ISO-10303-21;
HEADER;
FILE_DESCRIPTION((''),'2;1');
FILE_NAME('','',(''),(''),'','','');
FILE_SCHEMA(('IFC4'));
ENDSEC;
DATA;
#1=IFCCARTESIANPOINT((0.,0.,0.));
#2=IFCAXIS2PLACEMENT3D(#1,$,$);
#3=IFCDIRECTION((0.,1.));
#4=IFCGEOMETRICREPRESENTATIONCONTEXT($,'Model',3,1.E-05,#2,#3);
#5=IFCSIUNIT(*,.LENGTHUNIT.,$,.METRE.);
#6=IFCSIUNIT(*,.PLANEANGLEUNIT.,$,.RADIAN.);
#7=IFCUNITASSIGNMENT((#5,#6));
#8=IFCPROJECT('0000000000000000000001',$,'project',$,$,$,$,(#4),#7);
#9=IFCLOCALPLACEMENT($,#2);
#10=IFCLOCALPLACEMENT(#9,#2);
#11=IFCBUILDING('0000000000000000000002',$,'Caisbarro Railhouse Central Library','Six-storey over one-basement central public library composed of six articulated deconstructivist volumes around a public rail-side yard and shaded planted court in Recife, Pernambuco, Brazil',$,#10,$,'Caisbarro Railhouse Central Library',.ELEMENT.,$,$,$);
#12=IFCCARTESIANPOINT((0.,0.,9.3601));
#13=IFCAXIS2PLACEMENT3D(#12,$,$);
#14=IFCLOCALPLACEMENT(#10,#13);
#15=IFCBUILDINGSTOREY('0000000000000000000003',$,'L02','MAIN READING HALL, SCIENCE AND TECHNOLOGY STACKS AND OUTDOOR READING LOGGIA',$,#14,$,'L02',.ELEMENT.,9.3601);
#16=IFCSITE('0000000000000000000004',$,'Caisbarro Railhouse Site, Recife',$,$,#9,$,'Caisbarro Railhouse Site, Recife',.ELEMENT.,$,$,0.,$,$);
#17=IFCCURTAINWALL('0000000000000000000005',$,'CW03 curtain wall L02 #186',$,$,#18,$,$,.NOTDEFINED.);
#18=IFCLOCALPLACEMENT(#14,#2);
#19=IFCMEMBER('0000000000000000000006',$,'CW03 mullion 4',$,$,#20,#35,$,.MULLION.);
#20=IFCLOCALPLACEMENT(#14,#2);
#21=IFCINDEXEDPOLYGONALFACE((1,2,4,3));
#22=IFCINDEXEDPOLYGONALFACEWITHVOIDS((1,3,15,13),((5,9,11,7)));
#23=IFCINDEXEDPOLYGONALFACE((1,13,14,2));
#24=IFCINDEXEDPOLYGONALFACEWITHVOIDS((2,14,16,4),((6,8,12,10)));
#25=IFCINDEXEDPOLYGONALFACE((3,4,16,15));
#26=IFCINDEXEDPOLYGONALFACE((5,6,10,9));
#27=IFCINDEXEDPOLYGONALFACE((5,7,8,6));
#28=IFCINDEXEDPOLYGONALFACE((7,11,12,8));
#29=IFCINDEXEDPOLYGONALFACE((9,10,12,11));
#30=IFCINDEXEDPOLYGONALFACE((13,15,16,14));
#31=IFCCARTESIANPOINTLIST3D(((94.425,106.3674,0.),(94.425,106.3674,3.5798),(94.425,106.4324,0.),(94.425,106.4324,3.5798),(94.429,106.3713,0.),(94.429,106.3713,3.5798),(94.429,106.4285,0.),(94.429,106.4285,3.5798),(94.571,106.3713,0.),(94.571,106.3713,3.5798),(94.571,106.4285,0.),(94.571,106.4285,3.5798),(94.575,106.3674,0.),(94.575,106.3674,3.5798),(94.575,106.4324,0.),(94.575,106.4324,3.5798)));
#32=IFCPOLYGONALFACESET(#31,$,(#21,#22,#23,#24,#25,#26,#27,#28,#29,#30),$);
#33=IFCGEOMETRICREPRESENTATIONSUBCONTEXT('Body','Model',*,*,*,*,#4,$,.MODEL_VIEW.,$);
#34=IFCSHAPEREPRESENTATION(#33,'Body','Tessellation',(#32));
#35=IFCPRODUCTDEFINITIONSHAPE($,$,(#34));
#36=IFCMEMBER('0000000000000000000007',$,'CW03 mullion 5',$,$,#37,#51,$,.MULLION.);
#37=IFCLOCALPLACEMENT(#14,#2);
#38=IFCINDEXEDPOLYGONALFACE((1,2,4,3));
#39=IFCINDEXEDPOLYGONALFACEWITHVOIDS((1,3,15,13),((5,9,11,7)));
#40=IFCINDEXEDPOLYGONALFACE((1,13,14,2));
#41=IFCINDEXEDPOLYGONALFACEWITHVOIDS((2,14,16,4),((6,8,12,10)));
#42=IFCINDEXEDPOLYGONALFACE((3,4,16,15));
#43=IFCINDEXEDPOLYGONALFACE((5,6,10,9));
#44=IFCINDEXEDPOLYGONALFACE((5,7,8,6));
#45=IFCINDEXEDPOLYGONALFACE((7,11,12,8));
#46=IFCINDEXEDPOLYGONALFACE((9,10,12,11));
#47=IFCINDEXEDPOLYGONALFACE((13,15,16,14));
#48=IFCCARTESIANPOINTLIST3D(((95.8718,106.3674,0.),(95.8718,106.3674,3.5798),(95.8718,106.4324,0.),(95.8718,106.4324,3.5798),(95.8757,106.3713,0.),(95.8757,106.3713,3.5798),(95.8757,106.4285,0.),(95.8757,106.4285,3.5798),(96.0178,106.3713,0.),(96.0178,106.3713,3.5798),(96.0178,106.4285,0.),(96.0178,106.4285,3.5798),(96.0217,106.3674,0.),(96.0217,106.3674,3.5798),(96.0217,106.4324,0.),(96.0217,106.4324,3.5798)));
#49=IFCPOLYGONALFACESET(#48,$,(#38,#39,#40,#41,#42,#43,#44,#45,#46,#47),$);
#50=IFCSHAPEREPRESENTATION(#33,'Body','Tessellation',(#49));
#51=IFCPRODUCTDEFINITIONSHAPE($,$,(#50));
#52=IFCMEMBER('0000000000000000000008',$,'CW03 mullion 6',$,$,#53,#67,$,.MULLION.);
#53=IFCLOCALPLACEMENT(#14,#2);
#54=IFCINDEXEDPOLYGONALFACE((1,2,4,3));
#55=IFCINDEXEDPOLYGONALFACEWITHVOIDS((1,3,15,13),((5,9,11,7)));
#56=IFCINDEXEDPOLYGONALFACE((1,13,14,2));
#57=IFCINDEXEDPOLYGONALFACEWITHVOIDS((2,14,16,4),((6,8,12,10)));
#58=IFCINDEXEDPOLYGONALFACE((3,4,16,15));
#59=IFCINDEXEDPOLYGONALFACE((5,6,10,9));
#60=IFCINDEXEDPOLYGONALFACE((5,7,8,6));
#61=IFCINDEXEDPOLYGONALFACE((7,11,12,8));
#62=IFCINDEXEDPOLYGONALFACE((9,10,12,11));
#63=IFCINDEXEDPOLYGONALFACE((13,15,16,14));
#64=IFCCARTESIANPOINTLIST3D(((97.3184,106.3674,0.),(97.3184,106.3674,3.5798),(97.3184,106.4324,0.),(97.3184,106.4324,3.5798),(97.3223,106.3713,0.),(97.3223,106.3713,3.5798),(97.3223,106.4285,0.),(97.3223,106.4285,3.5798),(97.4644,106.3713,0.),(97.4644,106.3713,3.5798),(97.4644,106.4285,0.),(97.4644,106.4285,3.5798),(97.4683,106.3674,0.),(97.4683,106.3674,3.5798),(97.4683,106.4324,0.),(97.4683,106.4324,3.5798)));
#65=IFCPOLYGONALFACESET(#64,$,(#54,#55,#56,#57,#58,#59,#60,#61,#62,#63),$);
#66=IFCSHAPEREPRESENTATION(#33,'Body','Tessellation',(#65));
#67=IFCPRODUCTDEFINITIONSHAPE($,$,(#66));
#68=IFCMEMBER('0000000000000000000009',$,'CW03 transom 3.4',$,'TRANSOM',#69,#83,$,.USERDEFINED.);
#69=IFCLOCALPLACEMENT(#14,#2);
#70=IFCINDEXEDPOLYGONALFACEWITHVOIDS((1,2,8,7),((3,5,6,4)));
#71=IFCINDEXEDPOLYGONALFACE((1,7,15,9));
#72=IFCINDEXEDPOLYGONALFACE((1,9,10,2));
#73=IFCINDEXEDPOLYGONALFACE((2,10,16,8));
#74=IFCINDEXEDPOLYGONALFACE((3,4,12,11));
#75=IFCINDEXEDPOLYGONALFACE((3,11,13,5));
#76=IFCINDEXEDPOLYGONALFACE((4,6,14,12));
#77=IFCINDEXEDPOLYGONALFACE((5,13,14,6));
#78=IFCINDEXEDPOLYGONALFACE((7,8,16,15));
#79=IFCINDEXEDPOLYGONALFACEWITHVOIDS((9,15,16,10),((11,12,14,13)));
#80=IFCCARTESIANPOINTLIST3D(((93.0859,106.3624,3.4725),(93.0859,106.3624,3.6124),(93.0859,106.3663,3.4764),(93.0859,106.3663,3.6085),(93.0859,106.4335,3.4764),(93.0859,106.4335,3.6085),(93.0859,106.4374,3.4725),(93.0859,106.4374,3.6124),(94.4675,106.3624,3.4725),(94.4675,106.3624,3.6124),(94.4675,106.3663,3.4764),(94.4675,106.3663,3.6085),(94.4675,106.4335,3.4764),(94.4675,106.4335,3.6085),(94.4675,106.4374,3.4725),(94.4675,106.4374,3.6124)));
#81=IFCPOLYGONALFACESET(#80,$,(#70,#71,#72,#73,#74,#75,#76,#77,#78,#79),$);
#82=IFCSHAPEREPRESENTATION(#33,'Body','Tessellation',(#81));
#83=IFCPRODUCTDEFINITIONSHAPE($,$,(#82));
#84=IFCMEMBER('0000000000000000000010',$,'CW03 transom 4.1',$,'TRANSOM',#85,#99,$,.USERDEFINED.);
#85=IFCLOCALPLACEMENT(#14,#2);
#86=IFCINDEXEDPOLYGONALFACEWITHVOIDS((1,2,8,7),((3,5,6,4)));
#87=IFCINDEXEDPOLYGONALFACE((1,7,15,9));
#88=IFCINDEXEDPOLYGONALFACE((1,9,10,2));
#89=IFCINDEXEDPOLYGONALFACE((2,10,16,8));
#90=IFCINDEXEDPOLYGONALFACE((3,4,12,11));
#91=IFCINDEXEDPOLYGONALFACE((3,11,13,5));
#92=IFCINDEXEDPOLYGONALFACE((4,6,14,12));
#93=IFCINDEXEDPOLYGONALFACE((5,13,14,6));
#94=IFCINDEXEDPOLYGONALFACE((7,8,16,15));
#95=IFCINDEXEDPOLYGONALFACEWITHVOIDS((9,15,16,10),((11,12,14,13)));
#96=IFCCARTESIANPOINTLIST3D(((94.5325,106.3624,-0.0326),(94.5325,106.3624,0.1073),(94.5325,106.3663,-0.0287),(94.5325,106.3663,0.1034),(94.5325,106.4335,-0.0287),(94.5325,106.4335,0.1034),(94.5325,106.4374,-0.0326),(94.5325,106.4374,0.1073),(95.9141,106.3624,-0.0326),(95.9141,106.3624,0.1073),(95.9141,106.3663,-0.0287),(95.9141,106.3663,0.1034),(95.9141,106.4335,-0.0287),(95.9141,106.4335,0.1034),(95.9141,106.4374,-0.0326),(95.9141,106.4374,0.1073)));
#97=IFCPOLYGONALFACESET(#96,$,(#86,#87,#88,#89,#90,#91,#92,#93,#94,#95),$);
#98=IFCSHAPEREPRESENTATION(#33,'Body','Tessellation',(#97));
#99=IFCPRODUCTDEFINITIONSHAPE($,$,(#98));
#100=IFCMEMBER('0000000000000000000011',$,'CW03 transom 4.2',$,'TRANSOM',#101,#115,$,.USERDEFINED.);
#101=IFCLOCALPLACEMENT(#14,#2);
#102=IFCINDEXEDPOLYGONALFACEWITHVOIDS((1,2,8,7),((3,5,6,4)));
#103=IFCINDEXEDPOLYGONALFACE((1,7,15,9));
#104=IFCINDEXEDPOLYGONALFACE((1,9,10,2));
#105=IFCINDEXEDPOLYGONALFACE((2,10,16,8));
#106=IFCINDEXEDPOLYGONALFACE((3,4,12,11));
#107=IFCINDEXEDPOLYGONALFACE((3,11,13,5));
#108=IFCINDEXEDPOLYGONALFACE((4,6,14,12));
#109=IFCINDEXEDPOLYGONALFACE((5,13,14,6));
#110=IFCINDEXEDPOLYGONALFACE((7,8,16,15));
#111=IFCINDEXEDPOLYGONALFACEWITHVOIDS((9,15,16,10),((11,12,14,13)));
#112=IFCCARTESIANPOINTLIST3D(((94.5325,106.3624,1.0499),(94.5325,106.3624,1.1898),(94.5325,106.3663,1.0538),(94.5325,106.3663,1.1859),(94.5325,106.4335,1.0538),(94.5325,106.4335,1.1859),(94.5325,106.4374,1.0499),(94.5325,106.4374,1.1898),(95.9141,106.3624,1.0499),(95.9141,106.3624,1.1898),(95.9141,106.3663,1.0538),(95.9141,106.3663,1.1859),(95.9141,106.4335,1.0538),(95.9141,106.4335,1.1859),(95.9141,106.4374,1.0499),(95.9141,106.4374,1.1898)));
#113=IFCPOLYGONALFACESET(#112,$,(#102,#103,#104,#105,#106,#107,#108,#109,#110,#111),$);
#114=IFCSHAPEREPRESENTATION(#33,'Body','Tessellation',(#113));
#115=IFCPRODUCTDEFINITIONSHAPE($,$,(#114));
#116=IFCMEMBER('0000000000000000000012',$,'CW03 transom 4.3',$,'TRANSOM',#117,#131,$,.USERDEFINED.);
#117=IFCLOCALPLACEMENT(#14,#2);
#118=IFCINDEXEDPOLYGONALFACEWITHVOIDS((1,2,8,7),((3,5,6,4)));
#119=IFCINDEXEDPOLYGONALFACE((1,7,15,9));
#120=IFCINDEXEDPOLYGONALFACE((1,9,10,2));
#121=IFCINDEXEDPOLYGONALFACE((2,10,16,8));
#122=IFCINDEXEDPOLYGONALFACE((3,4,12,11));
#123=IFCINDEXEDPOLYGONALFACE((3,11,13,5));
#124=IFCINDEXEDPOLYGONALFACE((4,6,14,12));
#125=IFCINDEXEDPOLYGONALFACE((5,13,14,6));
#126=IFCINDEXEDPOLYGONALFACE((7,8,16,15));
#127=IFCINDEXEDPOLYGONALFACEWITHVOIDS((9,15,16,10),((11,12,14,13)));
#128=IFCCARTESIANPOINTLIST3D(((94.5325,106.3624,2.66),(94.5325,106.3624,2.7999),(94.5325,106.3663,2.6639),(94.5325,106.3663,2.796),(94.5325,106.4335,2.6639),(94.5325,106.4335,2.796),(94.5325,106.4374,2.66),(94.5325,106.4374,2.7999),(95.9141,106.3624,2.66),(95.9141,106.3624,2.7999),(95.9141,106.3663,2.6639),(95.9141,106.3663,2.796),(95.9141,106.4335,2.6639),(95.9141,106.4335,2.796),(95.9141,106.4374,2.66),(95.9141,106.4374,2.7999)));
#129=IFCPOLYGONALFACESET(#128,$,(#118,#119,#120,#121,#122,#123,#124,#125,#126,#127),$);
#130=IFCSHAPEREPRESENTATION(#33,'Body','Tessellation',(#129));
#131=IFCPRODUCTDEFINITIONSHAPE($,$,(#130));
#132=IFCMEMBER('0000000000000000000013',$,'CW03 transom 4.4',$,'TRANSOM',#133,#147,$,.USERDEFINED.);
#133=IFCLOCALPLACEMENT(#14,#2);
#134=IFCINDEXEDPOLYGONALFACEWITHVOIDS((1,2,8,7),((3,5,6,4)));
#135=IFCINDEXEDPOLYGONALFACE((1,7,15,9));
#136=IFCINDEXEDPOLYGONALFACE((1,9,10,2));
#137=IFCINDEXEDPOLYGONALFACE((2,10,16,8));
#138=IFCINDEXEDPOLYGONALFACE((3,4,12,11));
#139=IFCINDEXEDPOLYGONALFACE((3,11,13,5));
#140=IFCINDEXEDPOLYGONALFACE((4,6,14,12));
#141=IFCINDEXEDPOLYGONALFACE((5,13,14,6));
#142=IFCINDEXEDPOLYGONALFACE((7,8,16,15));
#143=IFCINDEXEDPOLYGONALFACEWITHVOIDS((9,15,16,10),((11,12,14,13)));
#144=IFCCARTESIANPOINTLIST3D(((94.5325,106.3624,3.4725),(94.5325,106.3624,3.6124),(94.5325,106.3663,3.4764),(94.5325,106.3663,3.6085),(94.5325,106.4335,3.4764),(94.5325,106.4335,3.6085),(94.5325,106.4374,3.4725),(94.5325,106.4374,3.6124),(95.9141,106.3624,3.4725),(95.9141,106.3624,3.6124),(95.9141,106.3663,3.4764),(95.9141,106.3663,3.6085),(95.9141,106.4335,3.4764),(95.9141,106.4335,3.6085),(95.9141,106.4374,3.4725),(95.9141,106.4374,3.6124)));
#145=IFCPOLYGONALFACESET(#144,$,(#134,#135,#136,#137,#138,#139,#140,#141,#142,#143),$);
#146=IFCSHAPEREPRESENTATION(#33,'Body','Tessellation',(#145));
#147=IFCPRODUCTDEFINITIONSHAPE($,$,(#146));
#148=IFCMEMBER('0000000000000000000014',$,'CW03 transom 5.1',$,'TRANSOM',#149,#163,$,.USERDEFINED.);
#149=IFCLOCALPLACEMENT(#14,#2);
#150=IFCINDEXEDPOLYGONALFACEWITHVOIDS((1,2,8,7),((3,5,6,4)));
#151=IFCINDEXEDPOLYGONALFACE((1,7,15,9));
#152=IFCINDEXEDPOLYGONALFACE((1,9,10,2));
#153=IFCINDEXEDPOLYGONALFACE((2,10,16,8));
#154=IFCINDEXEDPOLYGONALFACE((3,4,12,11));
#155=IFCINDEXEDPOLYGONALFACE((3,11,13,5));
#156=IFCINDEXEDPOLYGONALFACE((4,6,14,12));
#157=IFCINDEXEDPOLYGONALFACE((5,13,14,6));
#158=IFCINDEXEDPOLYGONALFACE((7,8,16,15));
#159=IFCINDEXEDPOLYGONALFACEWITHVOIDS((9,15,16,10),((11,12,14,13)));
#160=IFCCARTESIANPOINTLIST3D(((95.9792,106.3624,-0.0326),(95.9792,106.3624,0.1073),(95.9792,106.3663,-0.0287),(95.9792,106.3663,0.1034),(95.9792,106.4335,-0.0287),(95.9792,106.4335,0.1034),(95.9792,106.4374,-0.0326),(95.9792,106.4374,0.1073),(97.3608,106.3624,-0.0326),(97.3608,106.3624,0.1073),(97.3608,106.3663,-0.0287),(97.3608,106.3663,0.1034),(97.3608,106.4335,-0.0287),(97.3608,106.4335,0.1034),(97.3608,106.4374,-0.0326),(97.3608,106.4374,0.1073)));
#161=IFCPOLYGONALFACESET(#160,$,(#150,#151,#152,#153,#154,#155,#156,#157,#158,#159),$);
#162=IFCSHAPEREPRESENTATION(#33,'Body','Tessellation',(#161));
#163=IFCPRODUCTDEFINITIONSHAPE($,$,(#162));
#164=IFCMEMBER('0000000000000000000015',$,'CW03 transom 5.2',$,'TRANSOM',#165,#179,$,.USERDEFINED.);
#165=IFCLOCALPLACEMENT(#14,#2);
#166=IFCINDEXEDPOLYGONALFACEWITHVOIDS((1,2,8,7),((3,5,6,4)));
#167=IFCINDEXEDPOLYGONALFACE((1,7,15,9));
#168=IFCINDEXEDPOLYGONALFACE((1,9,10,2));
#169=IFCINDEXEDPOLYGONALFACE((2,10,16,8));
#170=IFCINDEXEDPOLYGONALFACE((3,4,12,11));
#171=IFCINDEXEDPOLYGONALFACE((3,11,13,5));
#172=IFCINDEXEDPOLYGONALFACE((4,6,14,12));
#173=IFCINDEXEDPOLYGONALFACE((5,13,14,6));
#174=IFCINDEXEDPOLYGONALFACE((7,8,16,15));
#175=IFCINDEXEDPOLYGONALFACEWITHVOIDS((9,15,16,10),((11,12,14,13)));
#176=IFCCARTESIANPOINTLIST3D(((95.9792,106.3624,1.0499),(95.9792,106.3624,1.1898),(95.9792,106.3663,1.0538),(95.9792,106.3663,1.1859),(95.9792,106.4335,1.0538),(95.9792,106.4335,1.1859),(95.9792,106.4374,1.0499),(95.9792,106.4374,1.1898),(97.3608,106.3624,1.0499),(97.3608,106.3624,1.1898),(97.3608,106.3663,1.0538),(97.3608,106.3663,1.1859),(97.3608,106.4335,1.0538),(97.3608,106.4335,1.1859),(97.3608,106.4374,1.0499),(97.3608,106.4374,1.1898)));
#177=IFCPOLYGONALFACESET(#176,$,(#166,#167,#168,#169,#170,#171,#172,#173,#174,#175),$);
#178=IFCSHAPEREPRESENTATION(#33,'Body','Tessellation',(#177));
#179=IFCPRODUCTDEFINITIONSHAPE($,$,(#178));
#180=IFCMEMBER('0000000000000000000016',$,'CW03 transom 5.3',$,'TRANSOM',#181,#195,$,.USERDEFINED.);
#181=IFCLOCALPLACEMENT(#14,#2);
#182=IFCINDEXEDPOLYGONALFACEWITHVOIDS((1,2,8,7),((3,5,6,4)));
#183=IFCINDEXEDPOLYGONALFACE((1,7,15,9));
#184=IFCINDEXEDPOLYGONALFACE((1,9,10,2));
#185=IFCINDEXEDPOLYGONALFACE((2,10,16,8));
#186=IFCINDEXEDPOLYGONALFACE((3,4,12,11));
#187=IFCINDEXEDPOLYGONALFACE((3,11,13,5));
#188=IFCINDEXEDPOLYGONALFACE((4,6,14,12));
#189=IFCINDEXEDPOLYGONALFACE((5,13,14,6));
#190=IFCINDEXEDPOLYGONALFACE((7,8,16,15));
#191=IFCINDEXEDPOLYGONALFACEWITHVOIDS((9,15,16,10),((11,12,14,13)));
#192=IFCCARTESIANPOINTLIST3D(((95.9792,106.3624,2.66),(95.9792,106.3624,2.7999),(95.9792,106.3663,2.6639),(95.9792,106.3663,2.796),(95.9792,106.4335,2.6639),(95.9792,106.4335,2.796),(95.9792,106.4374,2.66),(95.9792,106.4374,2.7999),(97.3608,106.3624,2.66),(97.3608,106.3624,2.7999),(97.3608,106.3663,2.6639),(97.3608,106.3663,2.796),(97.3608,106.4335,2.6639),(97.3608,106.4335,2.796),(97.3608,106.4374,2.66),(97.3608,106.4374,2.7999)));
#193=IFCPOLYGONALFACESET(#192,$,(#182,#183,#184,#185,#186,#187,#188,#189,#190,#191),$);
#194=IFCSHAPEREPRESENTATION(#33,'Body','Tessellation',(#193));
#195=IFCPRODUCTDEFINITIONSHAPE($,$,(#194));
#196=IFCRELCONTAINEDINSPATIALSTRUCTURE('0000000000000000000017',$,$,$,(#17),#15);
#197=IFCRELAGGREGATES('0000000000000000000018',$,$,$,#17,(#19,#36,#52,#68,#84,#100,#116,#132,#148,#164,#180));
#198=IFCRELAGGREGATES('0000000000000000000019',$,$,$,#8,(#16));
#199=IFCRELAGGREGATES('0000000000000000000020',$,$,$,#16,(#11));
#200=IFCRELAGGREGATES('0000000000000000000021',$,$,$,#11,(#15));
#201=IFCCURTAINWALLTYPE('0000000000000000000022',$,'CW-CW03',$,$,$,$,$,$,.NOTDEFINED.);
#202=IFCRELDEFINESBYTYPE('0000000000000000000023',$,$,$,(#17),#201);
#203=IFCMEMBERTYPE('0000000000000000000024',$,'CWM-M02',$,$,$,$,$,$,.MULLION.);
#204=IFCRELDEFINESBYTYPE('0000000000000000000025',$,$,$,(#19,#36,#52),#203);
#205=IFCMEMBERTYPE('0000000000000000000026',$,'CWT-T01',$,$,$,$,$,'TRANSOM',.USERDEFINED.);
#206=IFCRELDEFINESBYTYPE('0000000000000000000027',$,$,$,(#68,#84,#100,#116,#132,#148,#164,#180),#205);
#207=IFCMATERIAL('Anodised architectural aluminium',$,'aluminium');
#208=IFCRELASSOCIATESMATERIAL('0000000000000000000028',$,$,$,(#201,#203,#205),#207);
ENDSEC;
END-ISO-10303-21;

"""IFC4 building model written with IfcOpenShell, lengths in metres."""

from ifc_helpers import new_model, si_unit, direction, frame, origin, origin_2d, place, context, subcontext, project, spatial, hollow_rectangle, extrude, material, material_profile, profile_set, type_object, element, aggregate, save


model = new_model("IFC4")

# Units and contexts
model_context = context("Model", 3, precision=1e-05, world=origin(), true_north=direction((0.0, 1.0)))
body_context = subcontext(model_context, "Body", "Model", "MODEL_VIEW")
ifc_project = project(units=[si_unit("LENGTHUNIT", "METRE"), si_unit("PLANEANGLEUNIT", "RADIAN")], contexts=[model_context])

# Site, building, storey
site_placement = place(None, origin())
site = spatial("IfcSite", under=ifc_project, at=site_placement, Name="Caisbarro Railhouse Site, Recife", LongName="Caisbarro Railhouse Site, Recife", CompositionType="ELEMENT", RefElevation=0.0)
building_placement = place(site_placement, origin())
building = spatial("IfcBuilding", under=site, at=building_placement, Name="Caisbarro Railhouse Central Library", Description="Six-storey over one-basement central public library composed of six articulated deconstructivist volumes around a public rail-side yard and shaded planted court in Recife, Pernambuco, Brazil", LongName="Caisbarro Railhouse Central Library", CompositionType="ELEMENT")
storey_placement = place(building_placement, frame((0.0, 0.0, 9.3601)))
storey = spatial("IfcBuildingStorey", under=building, at=storey_placement, Name="L02", Description="MAIN READING HALL, SCIENCE AND TECHNOLOGY STACKS AND OUTDOOR READING LOGGIA", LongName="L02", CompositionType="ELEMENT", Elevation=9.3601)

# Curtain wall, members
ifc_material_1 = material(Name="Anodised architectural aluminium", Category="aluminium")
curtain_wall_type = type_object("IfcCurtainWallType", Name="CW-CW03", PredefinedType="NOTDEFINED", material=ifc_material_1)
curtain_wall_placement = place(storey_placement, origin())
curtain_wall = element("IfcCurtainWall", 1, at=curtain_wall_placement, inside=storey, type_object=curtain_wall_type, Name="CW03 curtain wall L02 #186", PredefinedType="NOTDEFINED")
ifc_material_profile_1 = material_profile(ifc_material_1, hollow_rectangle(XDim=0.0649, YDim=0.1499, WallThickness=0.0039, at=origin_2d()), Name="ALU-MUL-65X150")
ifc_profile_set_1 = profile_set([ifc_material_profile_1], Name="Anodised architectural aluminium")
member_type_1 = type_object("IfcMemberType", Name="CWM-M02", PredefinedType="MULLION", material=ifc_profile_set_1)
member_1_placement = place(storey_placement, frame((94.5, 106.3999, 0.0), z_axis=(0.0, 0.0, 1.0), x_axis=(0.0, 1.0, 0.0)))
member_1 = element("IfcMember", 2, at=member_1_placement, type_object=member_type_1, Name="CW03 mullion 4", PredefinedType="MULLION", context=body_context, shape_type="SweptSolid", body=[
    extrude(hollow_rectangle(XDim=0.0649, YDim=0.1499, WallThickness=0.0039, at=origin_2d()), origin(), (0.0, 0.0, 1.0), 3.5798),
])
member_2_placement = place(storey_placement, frame((95.9468, 106.3999, 0.0), z_axis=(0.0, 0.0, 1.0), x_axis=(0.0, 1.0, 0.0)))
member_2 = element("IfcMember", 3, at=member_2_placement, type_object=member_type_1, Name="CW03 mullion 5", PredefinedType="MULLION", context=body_context, shape_type="SweptSolid", body=[
    extrude(hollow_rectangle(XDim=0.0649, YDim=0.1499, WallThickness=0.0039, at=origin_2d()), origin(), (0.0, 0.0, 1.0), 3.5798),
])
member_3_placement = place(storey_placement, frame((97.3933, 106.3999, 0.0), z_axis=(0.0, 0.0, 1.0), x_axis=(0.0, 1.0, 0.0)))
member_3 = element("IfcMember", 4, at=member_3_placement, type_object=member_type_1, Name="CW03 mullion 6", PredefinedType="MULLION", context=body_context, shape_type="SweptSolid", body=[
    extrude(hollow_rectangle(XDim=0.0649, YDim=0.1499, WallThickness=0.0039, at=origin_2d()), origin(), (0.0, 0.0, 1.0), 3.5798),
])
ifc_material_profile_2 = material_profile(ifc_material_1, hollow_rectangle(XDim=0.075, YDim=0.1399, WallThickness=0.0039, at=origin_2d()), Name="ALU-TRN-75X140")
ifc_profile_set_2 = profile_set([ifc_material_profile_2], Name="Anodised architectural aluminium")
member_type_2 = type_object("IfcMemberType", Name="CWT-T01", ElementType="TRANSOM", PredefinedType="USERDEFINED", material=ifc_profile_set_2)
member_4_placement = place(storey_placement, frame((93.0859, 106.3999, 3.5425), z_axis=(1.0, 0.0, 0.0), x_axis=(0.0, 1.0, 0.0)))
member_4 = element("IfcMember", 5, at=member_4_placement, type_object=member_type_2, Name="CW03 transom 3.4", ObjectType="TRANSOM", PredefinedType="USERDEFINED", context=body_context, shape_type="SweptSolid", body=[
    extrude(hollow_rectangle(XDim=0.075, YDim=0.1399, WallThickness=0.0039, at=origin_2d()), origin(), (0.0, 0.0, 1.0), 1.3816),
])
member_5_placement = place(storey_placement, frame((94.5325, 106.3999, 0.0374), z_axis=(1.0, 0.0, 0.0), x_axis=(0.0, 1.0, 0.0)))
member_5 = element("IfcMember", 6, at=member_5_placement, type_object=member_type_2, Name="CW03 transom 4.1", ObjectType="TRANSOM", PredefinedType="USERDEFINED", context=body_context, shape_type="SweptSolid", body=[
    extrude(hollow_rectangle(XDim=0.075, YDim=0.1399, WallThickness=0.0039, at=origin_2d()), origin(), (0.0, 0.0, 1.0), 1.3816),
])
member_6_placement = place(storey_placement, frame((94.5325, 106.3999, 1.1199), z_axis=(1.0, 0.0, 0.0), x_axis=(0.0, 1.0, 0.0)))
member_6 = element("IfcMember", 7, at=member_6_placement, type_object=member_type_2, Name="CW03 transom 4.2", ObjectType="TRANSOM", PredefinedType="USERDEFINED", context=body_context, shape_type="SweptSolid", body=[
    extrude(hollow_rectangle(XDim=0.075, YDim=0.1399, WallThickness=0.0039, at=origin_2d()), origin(), (0.0, 0.0, 1.0), 1.3816),
])
member_7_placement = place(storey_placement, frame((94.5325, 106.3999, 2.73), z_axis=(1.0, 0.0, 0.0), x_axis=(0.0, 1.0, 0.0)))
member_7 = element("IfcMember", 8, at=member_7_placement, type_object=member_type_2, Name="CW03 transom 4.3", ObjectType="TRANSOM", PredefinedType="USERDEFINED", context=body_context, shape_type="SweptSolid", body=[
    extrude(hollow_rectangle(XDim=0.075, YDim=0.1399, WallThickness=0.0039, at=origin_2d()), origin(), (0.0, 0.0, 1.0), 1.3816),
])
member_8_placement = place(storey_placement, frame((94.5325, 106.3999, 3.5425), z_axis=(1.0, 0.0, 0.0), x_axis=(0.0, 1.0, 0.0)))
member_8 = element("IfcMember", 9, at=member_8_placement, type_object=member_type_2, Name="CW03 transom 4.4", ObjectType="TRANSOM", PredefinedType="USERDEFINED", context=body_context, shape_type="SweptSolid", body=[
    extrude(hollow_rectangle(XDim=0.075, YDim=0.1399, WallThickness=0.0039, at=origin_2d()), origin(), (0.0, 0.0, 1.0), 1.3816),
])
member_9_placement = place(storey_placement, frame((95.9792, 106.3999, 0.0374), z_axis=(1.0, 0.0, 0.0), x_axis=(0.0, 1.0, 0.0)))
member_9 = element("IfcMember", 10, at=member_9_placement, type_object=member_type_2, Name="CW03 transom 5.1", ObjectType="TRANSOM", PredefinedType="USERDEFINED", context=body_context, shape_type="SweptSolid", body=[
    extrude(hollow_rectangle(XDim=0.075, YDim=0.1399, WallThickness=0.0039, at=origin_2d()), origin(), (0.0, 0.0, 1.0), 1.3816),
])
member_10_placement = place(storey_placement, frame((95.9792, 106.3999, 1.1199), z_axis=(1.0, 0.0, 0.0), x_axis=(0.0, 1.0, 0.0)))
member_10 = element("IfcMember", 11, at=member_10_placement, type_object=member_type_2, Name="CW03 transom 5.2", ObjectType="TRANSOM", PredefinedType="USERDEFINED", context=body_context, shape_type="SweptSolid", body=[
    extrude(hollow_rectangle(XDim=0.075, YDim=0.1399, WallThickness=0.0039, at=origin_2d()), origin(), (0.0, 0.0, 1.0), 1.3816),
])
member_11_placement = place(storey_placement, frame((95.9792, 106.3999, 2.73), z_axis=(1.0, 0.0, 0.0), x_axis=(0.0, 1.0, 0.0)))
member_11 = element("IfcMember", 12, at=member_11_placement, type_object=member_type_2, Name="CW03 transom 5.3", ObjectType="TRANSOM", PredefinedType="USERDEFINED", context=body_context, shape_type="SweptSolid", body=[
    extrude(hollow_rectangle(XDim=0.075, YDim=0.1399, WallThickness=0.0039, at=origin_2d()), origin(), (0.0, 0.0, 1.0), 1.3816),
])
aggregate(curtain_wall, [member_1, member_2, member_3, member_4, member_5, member_6, member_7, member_8, member_9, member_10, member_11])

save(model, "model.ifc")
